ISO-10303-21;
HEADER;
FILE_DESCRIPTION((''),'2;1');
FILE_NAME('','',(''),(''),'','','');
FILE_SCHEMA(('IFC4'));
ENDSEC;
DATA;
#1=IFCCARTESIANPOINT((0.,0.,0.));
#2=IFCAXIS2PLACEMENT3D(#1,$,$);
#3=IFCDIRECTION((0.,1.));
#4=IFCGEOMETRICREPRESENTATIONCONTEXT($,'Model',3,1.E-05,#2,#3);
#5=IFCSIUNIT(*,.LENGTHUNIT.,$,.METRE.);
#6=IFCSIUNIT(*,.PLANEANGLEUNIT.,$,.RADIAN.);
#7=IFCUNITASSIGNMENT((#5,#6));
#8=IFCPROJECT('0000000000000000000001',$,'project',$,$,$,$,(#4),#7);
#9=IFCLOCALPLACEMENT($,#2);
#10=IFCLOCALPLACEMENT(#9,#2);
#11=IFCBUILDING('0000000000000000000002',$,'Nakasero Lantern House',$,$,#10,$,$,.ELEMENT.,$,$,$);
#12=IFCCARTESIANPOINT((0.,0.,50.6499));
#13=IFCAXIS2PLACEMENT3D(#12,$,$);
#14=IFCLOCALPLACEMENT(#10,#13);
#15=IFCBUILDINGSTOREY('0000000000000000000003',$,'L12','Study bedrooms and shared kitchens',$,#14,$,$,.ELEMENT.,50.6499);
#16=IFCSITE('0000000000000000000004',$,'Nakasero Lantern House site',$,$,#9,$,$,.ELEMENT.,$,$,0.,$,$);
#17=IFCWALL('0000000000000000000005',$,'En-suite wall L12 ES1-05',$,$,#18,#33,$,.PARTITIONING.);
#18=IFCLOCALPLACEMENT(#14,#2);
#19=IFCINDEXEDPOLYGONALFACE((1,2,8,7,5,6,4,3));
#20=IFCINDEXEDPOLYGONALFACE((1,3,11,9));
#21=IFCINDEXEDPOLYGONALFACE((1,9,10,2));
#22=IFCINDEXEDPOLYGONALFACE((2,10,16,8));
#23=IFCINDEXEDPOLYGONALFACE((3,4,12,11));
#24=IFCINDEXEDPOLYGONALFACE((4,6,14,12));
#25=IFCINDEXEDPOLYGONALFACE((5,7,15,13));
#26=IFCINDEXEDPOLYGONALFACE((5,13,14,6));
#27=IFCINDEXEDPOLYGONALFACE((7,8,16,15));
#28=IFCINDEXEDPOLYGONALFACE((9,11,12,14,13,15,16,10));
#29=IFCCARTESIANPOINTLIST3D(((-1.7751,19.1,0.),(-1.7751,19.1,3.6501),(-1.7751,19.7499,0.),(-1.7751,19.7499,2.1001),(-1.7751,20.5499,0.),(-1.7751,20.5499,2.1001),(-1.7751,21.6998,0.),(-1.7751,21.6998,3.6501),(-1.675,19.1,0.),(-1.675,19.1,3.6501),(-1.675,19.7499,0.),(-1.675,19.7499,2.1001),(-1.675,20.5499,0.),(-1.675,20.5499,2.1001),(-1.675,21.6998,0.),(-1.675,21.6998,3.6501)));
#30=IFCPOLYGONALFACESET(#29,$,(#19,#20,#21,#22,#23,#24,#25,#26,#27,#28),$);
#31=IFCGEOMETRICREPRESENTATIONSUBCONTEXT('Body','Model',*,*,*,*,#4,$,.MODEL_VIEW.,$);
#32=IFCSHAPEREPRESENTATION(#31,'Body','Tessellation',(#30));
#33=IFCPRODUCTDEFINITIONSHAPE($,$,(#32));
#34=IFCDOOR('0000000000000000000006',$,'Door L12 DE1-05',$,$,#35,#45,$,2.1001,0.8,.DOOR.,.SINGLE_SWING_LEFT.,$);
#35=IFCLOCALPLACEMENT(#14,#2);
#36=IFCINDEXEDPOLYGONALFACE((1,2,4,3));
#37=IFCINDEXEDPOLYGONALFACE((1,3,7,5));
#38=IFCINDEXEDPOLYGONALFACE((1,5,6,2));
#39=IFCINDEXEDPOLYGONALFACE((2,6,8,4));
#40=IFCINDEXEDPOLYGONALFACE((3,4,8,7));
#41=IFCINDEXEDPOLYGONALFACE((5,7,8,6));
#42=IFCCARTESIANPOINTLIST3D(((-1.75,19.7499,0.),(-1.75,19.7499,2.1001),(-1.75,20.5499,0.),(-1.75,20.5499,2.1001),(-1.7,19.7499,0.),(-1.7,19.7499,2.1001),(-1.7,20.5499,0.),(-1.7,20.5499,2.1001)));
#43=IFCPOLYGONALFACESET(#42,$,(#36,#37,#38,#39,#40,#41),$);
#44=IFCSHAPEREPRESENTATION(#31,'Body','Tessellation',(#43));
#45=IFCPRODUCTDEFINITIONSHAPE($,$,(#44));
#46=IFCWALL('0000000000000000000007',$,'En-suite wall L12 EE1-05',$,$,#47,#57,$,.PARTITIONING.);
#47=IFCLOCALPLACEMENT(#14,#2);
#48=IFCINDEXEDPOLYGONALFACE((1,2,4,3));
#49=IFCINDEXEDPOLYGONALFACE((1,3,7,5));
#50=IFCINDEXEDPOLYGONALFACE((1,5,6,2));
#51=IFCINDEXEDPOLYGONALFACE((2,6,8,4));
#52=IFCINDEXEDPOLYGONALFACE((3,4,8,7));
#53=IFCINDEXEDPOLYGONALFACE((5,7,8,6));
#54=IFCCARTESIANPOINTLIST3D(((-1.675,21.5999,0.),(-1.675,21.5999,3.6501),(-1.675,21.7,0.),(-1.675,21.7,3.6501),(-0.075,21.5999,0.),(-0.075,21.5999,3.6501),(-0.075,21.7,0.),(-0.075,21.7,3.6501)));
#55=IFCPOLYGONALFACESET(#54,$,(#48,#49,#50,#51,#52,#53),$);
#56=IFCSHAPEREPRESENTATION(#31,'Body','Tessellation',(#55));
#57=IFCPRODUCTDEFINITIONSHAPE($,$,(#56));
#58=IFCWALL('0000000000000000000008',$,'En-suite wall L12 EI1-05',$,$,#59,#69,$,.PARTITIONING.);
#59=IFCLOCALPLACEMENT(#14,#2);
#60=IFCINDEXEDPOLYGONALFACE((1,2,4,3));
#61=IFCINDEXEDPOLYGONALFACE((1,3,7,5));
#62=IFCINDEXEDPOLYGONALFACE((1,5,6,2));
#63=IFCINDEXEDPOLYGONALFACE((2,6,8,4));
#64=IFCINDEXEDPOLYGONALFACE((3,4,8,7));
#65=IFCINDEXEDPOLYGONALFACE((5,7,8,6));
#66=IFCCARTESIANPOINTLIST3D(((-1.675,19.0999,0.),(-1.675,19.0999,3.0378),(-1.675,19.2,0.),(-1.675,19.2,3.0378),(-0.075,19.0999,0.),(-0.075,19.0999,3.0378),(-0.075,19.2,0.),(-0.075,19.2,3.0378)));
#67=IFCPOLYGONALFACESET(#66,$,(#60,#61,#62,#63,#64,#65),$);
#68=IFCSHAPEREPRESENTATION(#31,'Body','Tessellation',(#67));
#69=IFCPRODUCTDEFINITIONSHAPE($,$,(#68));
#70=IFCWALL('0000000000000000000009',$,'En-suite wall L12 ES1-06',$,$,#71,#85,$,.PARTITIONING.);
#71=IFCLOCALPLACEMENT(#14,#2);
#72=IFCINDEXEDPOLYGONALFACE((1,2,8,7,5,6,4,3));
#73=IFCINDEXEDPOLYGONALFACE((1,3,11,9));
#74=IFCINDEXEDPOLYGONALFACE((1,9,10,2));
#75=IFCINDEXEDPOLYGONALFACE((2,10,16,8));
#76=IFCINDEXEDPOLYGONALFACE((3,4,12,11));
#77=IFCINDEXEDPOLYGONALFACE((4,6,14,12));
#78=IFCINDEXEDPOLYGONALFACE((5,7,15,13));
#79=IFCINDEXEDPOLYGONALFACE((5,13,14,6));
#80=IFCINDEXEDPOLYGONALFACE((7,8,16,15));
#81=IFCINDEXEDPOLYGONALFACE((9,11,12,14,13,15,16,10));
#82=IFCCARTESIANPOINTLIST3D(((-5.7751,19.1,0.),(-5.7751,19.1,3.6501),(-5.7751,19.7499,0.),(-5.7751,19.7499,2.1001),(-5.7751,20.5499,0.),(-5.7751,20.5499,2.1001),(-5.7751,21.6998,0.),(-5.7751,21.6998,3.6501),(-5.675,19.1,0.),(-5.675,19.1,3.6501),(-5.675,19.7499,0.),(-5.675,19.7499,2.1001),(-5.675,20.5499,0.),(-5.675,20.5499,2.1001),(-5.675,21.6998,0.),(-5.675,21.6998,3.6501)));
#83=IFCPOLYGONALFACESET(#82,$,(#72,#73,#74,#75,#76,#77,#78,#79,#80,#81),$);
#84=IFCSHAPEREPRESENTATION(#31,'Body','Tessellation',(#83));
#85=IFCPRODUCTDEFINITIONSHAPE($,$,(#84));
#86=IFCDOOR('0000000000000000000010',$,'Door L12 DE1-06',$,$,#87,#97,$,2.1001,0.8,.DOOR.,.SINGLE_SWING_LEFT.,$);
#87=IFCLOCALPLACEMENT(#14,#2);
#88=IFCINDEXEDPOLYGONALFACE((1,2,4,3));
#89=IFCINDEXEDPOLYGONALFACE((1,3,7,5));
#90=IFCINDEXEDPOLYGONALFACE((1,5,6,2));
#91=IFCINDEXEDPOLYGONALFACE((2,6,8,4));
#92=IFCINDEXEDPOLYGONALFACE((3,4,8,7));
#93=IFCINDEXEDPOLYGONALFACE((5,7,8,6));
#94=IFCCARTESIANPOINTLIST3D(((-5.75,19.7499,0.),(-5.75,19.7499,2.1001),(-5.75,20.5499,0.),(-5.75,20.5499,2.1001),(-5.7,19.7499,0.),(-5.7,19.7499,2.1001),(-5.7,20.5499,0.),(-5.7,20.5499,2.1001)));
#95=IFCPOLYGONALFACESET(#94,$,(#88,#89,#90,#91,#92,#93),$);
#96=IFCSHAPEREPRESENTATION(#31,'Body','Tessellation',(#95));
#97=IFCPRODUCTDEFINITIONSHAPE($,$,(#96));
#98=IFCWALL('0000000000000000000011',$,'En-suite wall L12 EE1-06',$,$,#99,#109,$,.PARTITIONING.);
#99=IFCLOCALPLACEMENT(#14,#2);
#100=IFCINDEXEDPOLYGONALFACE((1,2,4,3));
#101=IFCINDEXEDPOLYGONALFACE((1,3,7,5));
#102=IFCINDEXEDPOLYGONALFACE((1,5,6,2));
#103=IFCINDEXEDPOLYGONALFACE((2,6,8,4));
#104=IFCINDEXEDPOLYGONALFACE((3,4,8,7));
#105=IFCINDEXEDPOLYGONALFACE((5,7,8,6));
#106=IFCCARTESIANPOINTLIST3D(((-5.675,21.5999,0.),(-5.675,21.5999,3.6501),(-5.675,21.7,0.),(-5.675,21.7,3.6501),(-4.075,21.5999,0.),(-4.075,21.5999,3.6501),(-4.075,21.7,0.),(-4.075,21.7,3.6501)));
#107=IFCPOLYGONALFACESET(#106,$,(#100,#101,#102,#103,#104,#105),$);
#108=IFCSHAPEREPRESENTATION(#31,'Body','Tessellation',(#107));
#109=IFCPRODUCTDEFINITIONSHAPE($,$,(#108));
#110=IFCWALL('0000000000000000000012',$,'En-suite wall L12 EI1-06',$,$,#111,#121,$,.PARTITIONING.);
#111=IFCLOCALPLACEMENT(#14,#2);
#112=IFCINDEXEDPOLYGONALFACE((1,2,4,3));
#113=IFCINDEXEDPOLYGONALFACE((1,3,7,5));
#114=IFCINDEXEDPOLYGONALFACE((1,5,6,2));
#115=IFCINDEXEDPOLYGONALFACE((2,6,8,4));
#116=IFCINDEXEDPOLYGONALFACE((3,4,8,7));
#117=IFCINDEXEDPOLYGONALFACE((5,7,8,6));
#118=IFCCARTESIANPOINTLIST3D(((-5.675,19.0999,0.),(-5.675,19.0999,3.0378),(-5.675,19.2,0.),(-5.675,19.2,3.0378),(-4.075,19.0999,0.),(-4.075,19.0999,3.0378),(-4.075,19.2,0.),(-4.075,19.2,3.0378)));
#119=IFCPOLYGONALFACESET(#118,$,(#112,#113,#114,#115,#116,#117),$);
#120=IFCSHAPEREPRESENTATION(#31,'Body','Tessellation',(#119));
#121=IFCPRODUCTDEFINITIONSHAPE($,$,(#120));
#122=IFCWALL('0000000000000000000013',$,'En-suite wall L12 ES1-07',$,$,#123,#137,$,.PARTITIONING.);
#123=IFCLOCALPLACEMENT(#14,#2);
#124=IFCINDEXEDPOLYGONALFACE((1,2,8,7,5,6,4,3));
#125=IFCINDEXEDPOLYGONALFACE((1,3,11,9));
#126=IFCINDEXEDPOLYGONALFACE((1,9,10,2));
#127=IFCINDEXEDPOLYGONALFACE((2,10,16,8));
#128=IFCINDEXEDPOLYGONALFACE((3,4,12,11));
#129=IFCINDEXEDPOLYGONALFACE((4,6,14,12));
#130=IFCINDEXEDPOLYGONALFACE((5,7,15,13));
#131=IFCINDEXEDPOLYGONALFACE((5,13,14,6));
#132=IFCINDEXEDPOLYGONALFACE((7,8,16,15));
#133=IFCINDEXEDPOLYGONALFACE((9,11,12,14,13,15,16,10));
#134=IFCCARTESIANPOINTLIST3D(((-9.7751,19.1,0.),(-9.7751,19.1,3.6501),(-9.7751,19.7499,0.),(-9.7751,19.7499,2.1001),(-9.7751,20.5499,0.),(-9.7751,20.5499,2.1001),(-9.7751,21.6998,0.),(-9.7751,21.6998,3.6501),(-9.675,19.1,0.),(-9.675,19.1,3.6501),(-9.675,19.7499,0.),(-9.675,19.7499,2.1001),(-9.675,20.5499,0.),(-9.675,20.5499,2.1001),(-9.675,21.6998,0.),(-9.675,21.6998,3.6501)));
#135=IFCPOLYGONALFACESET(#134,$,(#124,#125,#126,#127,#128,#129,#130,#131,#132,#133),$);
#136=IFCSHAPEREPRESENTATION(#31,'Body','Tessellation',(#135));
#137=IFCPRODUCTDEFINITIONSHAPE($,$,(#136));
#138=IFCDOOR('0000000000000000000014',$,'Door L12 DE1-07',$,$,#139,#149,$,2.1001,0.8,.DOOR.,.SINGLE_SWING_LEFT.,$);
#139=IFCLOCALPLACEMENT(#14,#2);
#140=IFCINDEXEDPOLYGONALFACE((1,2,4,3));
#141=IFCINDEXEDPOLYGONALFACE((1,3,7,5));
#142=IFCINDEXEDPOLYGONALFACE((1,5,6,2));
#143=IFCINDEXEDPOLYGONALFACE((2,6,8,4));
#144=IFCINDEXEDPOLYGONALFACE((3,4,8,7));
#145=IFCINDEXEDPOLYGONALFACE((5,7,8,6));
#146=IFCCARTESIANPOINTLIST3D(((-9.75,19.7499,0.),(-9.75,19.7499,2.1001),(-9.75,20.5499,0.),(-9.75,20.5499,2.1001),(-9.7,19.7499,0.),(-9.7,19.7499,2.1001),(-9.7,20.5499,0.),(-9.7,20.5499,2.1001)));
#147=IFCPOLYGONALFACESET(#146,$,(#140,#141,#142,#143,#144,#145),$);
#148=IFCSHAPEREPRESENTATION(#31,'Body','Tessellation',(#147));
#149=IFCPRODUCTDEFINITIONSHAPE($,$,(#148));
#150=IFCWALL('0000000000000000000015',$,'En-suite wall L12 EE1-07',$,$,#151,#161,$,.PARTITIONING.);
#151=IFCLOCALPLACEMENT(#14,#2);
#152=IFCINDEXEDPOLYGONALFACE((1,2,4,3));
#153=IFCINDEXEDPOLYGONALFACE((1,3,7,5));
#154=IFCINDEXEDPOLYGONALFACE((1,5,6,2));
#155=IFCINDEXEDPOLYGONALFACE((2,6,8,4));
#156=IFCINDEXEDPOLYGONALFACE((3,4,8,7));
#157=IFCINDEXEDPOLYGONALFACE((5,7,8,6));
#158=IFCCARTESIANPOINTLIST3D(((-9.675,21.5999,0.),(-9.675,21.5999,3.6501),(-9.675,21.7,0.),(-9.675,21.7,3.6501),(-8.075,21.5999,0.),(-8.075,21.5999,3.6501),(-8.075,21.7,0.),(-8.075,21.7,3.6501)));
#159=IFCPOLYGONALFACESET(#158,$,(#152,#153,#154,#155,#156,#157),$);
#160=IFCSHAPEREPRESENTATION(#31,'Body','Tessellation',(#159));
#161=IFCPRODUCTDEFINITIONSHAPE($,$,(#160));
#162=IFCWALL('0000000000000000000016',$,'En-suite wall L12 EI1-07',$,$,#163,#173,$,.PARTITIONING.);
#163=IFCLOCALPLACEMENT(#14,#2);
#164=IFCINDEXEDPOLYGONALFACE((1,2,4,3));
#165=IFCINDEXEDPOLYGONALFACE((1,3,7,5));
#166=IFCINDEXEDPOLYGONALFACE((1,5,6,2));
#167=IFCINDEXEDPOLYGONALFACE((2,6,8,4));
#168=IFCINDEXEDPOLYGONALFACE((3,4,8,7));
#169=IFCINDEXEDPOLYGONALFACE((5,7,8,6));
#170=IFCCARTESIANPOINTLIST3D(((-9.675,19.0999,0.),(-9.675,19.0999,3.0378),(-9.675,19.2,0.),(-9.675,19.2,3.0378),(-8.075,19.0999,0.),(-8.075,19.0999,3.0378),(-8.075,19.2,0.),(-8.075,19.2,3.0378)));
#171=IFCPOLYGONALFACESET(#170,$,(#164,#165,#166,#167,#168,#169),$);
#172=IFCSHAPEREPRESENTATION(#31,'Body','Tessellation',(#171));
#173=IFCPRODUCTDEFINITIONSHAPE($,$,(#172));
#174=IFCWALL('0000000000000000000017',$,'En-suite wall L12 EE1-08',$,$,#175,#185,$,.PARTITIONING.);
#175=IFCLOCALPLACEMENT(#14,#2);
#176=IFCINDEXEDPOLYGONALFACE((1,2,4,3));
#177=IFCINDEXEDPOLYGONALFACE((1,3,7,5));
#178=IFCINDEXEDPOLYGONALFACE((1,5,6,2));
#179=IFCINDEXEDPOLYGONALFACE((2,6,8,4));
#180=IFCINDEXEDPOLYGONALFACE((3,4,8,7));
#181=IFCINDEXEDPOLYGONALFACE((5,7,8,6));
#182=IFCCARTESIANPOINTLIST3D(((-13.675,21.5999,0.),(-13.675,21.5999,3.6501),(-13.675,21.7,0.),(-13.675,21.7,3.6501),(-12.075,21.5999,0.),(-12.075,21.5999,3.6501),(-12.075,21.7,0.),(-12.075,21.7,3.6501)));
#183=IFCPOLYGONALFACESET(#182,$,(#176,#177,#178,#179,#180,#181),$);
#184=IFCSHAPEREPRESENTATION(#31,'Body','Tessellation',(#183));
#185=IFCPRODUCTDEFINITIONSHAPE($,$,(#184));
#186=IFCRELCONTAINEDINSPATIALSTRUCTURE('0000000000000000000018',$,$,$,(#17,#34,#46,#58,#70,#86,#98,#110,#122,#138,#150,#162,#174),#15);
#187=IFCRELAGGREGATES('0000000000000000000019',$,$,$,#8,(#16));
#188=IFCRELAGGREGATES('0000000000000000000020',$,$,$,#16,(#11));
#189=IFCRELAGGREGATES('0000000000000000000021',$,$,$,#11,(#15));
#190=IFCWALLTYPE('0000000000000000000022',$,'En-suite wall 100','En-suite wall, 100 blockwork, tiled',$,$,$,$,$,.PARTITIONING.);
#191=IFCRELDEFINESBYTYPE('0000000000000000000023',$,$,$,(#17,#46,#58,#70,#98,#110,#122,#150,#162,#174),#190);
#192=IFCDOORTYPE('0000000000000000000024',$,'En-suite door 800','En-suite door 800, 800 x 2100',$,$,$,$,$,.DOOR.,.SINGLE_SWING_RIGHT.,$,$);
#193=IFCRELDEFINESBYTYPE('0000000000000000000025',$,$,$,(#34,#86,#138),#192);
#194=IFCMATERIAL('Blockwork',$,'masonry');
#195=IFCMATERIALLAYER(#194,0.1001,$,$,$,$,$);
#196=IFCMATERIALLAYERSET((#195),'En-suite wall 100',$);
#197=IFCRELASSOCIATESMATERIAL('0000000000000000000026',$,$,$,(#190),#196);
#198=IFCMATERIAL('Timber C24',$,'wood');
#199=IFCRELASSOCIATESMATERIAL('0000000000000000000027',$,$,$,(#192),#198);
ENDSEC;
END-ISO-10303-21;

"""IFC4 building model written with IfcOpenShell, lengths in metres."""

from ifc_helpers import new_model, si_unit, direction, frame, frame_2d, origin, place, context, subcontext, project, spatial, rectangle, extrude, material, layer, layer_set, type_object, element, fill, save


model = new_model("IFC4")

# Units and contexts
model_context = context("Model", 3, precision=1e-05, world=origin(), true_north=direction((0.0, 1.0)))
body_context = subcontext(model_context, "Body", "Model", "MODEL_VIEW")
ifc_project = project(units=[si_unit("LENGTHUNIT", "METRE"), si_unit("PLANEANGLEUNIT", "RADIAN")], contexts=[model_context])

# Site, building, storey
site_placement = place(None, origin())
site = spatial("IfcSite", under=ifc_project, at=site_placement, Name="Nakasero Lantern House site", CompositionType="ELEMENT", RefElevation=0.0)
building_placement = place(site_placement, origin())
building = spatial("IfcBuilding", under=site, at=building_placement, Name="Nakasero Lantern House", CompositionType="ELEMENT")
storey_placement = place(building_placement, frame((0.0, 0.0, 50.6499)))
storey = spatial("IfcBuildingStorey", under=building, at=storey_placement, Name="L12", Description="Study bedrooms and shared kitchens", CompositionType="ELEMENT", Elevation=50.6499)

# Wall, opening, door
ifc_material_1 = material(Name="Blockwork", Category="masonry")
ifc_layer_1 = layer(ifc_material_1, 0.1001)
ifc_layer_set_1 = layer_set([ifc_layer_1], Name="En-suite wall 100")
wall_type_1 = type_object("IfcWallType", Name="En-suite wall 100", Description="En-suite wall, 100 blockwork, tiled", PredefinedType="PARTITIONING", material=ifc_layer_set_1)
wall_1_placement = place(storey_placement, frame((-1.7251, 19.1001, 0.0), z_axis=(0.0, 0.0, 1.0), x_axis=(0.0, 1.0, 0.0)))
wall_1 = element("IfcWall", 1, at=wall_1_placement, inside=storey, type_object=wall_type_1, Name="En-suite wall L12 ES1-05", PredefinedType="PARTITIONING", context=body_context, shape_type="SweptSolid", body=[
    extrude(rectangle(XDim=2.5999, YDim=0.1001, at=frame_2d((1.2998, 0.0))), origin(), (0.0, 0.0, 1.0), 3.6501),
])
opening_1_placement = place(wall_1_placement, frame((0.6499, 0.0, 0.0)))
opening_1 = element("IfcOpeningElement", 2, at=opening_1_placement, cuts=wall_1, PredefinedType="OPENING", context=body_context, shape_type="SweptSolid", body=[
    extrude(rectangle(XDim=0.8, YDim=2.1001, at=frame_2d((0.3999, 1.05))), frame((0.0, 0.0701, 0.0), z_axis=(0.0, -1.0, 0.0), x_axis=(1.0, 0.0, 0.0)), (0.0, 0.0, 1.0), 0.1401),
])
ifc_material_2 = material(Name="Timber C24", Category="wood")
door_type = type_object("IfcDoorType", Name="En-suite door 800", Description="En-suite door 800, 800 x 2100", OperationType="SINGLE_SWING_RIGHT", PredefinedType="DOOR", material=ifc_material_2)
door_1_placement = place(opening_1_placement, origin())
door_1 = element("IfcDoor", 3, at=door_1_placement, inside=storey, type_object=door_type, Name="Door L12 DE1-05", OperationType="SINGLE_SWING_LEFT", OverallHeight=2.1001, OverallWidth=0.8, PredefinedType="DOOR", context=body_context, shape_type="SweptSolid", body=[
    extrude(rectangle(XDim=0.8, YDim=2.1001, at=frame_2d((0.3999, 1.05))), frame((0.0, 0.0249, 0.0), z_axis=(0.0, -1.0, 0.0), x_axis=(1.0, 0.0, 0.0)), (0.0, 0.0, 1.0), 0.05),
])
fill(opening_1, door_1)

# Walls
wall_2_placement = place(storey_placement, frame((-0.075, 21.6499, 0.0), z_axis=(0.0, 0.0, 1.0), x_axis=(-1.0, 0.0, 0.0)))
element("IfcWall", 4, at=wall_2_placement, inside=storey, type_object=wall_type_1, Name="En-suite wall L12 EE1-05", PredefinedType="PARTITIONING", context=body_context, shape_type="SweptSolid", body=[
    extrude(rectangle(XDim=1.6001, YDim=0.1001, at=frame_2d((0.8, 0.0))), origin(), (0.0, 0.0, 1.0), 3.6501),
])
wall_3_placement = place(storey_placement, frame((-0.075, 19.1499, 0.0), z_axis=(0.0, 0.0, 1.0), x_axis=(-1.0, 0.0, 0.0)))
element("IfcWall", 5, at=wall_3_placement, inside=storey, type_object=wall_type_1, Name="En-suite wall L12 EI1-05", PredefinedType="PARTITIONING", context=body_context, shape_type="SweptSolid", body=[
    extrude(rectangle(XDim=1.6001, YDim=0.1001, at=frame_2d((0.8, 0.0))), origin(), (0.0, 0.0, 1.0), 3.0378),
])

# Wall, opening, door
wall_4_placement = place(storey_placement, frame((-5.7251, 19.1001, 0.0), z_axis=(0.0, 0.0, 1.0), x_axis=(0.0, 1.0, 0.0)))
wall_4 = element("IfcWall", 6, at=wall_4_placement, inside=storey, type_object=wall_type_1, Name="En-suite wall L12 ES1-06", PredefinedType="PARTITIONING", context=body_context, shape_type="SweptSolid", body=[
    extrude(rectangle(XDim=2.5999, YDim=0.1001, at=frame_2d((1.2998, 0.0))), origin(), (0.0, 0.0, 1.0), 3.6501),
])
opening_2_placement = place(wall_4_placement, frame((0.6499, 0.0, 0.0)))
opening_2 = element("IfcOpeningElement", 7, at=opening_2_placement, cuts=wall_4, PredefinedType="OPENING", context=body_context, shape_type="SweptSolid", body=[
    extrude(rectangle(XDim=0.8, YDim=2.1001, at=frame_2d((0.3999, 1.05))), frame((0.0, 0.0701, 0.0), z_axis=(0.0, -1.0, 0.0), x_axis=(1.0, 0.0, 0.0)), (0.0, 0.0, 1.0), 0.1401),
])
door_2_placement = place(opening_2_placement, origin())
door_2 = element("IfcDoor", 8, at=door_2_placement, inside=storey, type_object=door_type, Name="Door L12 DE1-06", OperationType="SINGLE_SWING_LEFT", OverallHeight=2.1001, OverallWidth=0.8, PredefinedType="DOOR", context=body_context, shape_type="SweptSolid", body=[
    extrude(rectangle(XDim=0.8, YDim=2.1001, at=frame_2d((0.3999, 1.05))), frame((0.0, 0.0249, 0.0), z_axis=(0.0, -1.0, 0.0), x_axis=(1.0, 0.0, 0.0)), (0.0, 0.0, 1.0), 0.05),
])
fill(opening_2, door_2)

# Walls
wall_5_placement = place(storey_placement, frame((-4.075, 21.6499, 0.0), z_axis=(0.0, 0.0, 1.0), x_axis=(-1.0, 0.0, 0.0)))
element("IfcWall", 9, at=wall_5_placement, inside=storey, type_object=wall_type_1, Name="En-suite wall L12 EE1-06", PredefinedType="PARTITIONING", context=body_context, shape_type="SweptSolid", body=[
    extrude(rectangle(XDim=1.6001, YDim=0.1001, at=frame_2d((0.8, 0.0))), origin(), (0.0, 0.0, 1.0), 3.6501),
])
wall_6_placement = place(storey_placement, frame((-4.075, 19.1499, 0.0), z_axis=(0.0, 0.0, 1.0), x_axis=(-1.0, 0.0, 0.0)))
element("IfcWall", 10, at=wall_6_placement, inside=storey, type_object=wall_type_1, Name="En-suite wall L12 EI1-06", PredefinedType="PARTITIONING", context=body_context, shape_type="SweptSolid", body=[
    extrude(rectangle(XDim=1.6001, YDim=0.1001, at=frame_2d((0.8, 0.0))), origin(), (0.0, 0.0, 1.0), 3.0378),
])

# Wall, opening, door
wall_7_placement = place(storey_placement, frame((-9.7251, 19.1001, 0.0), z_axis=(0.0, 0.0, 1.0), x_axis=(0.0, 1.0, 0.0)))
wall_7 = element("IfcWall", 11, at=wall_7_placement, inside=storey, type_object=wall_type_1, Name="En-suite wall L12 ES1-07", PredefinedType="PARTITIONING", context=body_context, shape_type="SweptSolid", body=[
    extrude(rectangle(XDim=2.5999, YDim=0.1001, at=frame_2d((1.2998, 0.0))), origin(), (0.0, 0.0, 1.0), 3.6501),
])
opening_3_placement = place(wall_7_placement, frame((0.6499, 0.0, 0.0)))
opening_3 = element("IfcOpeningElement", 12, at=opening_3_placement, cuts=wall_7, PredefinedType="OPENING", context=body_context, shape_type="SweptSolid", body=[
    extrude(rectangle(XDim=0.8, YDim=2.1001, at=frame_2d((0.3999, 1.05))), frame((0.0, 0.0701, 0.0), z_axis=(0.0, -1.0, 0.0), x_axis=(1.0, 0.0, 0.0)), (0.0, 0.0, 1.0), 0.1401),
])
door_3_placement = place(opening_3_placement, origin())
door_3 = element("IfcDoor", 13, at=door_3_placement, inside=storey, type_object=door_type, Name="Door L12 DE1-07", OperationType="SINGLE_SWING_LEFT", OverallHeight=2.1001, OverallWidth=0.8, PredefinedType="DOOR", context=body_context, shape_type="SweptSolid", body=[
    extrude(rectangle(XDim=0.8, YDim=2.1001, at=frame_2d((0.3999, 1.05))), frame((0.0, 0.0249, 0.0), z_axis=(0.0, -1.0, 0.0), x_axis=(1.0, 0.0, 0.0)), (0.0, 0.0, 1.0), 0.05),
])
fill(opening_3, door_3)

# Walls
wall_8_placement = place(storey_placement, frame((-8.075, 21.6499, 0.0), z_axis=(0.0, 0.0, 1.0), x_axis=(-1.0, 0.0, 0.0)))
element("IfcWall", 14, at=wall_8_placement, inside=storey, type_object=wall_type_1, Name="En-suite wall L12 EE1-07", PredefinedType="PARTITIONING", context=body_context, shape_type="SweptSolid", body=[
    extrude(rectangle(XDim=1.6001, YDim=0.1001, at=frame_2d((0.8, 0.0))), origin(), (0.0, 0.0, 1.0), 3.6501),
])
wall_9_placement = place(storey_placement, frame((-8.075, 19.1499, 0.0), z_axis=(0.0, 0.0, 1.0), x_axis=(-1.0, 0.0, 0.0)))
element("IfcWall", 15, at=wall_9_placement, inside=storey, type_object=wall_type_1, Name="En-suite wall L12 EI1-07", PredefinedType="PARTITIONING", context=body_context, shape_type="SweptSolid", body=[
    extrude(rectangle(XDim=1.6001, YDim=0.1001, at=frame_2d((0.8, 0.0))), origin(), (0.0, 0.0, 1.0), 3.0378),
])
wall_10_placement = place(storey_placement, frame((-12.075, 21.6499, 0.0), z_axis=(0.0, 0.0, 1.0), x_axis=(-1.0, 0.0, 0.0)))
element("IfcWall", 16, at=wall_10_placement, inside=storey, type_object=wall_type_1, Name="En-suite wall L12 EE1-08", PredefinedType="PARTITIONING", context=body_context, shape_type="SweptSolid", body=[
    extrude(rectangle(XDim=1.6001, YDim=0.1001, at=frame_2d((0.8, 0.0))), origin(), (0.0, 0.0, 1.0), 3.6501),
])

save(model, "model.ifc")
